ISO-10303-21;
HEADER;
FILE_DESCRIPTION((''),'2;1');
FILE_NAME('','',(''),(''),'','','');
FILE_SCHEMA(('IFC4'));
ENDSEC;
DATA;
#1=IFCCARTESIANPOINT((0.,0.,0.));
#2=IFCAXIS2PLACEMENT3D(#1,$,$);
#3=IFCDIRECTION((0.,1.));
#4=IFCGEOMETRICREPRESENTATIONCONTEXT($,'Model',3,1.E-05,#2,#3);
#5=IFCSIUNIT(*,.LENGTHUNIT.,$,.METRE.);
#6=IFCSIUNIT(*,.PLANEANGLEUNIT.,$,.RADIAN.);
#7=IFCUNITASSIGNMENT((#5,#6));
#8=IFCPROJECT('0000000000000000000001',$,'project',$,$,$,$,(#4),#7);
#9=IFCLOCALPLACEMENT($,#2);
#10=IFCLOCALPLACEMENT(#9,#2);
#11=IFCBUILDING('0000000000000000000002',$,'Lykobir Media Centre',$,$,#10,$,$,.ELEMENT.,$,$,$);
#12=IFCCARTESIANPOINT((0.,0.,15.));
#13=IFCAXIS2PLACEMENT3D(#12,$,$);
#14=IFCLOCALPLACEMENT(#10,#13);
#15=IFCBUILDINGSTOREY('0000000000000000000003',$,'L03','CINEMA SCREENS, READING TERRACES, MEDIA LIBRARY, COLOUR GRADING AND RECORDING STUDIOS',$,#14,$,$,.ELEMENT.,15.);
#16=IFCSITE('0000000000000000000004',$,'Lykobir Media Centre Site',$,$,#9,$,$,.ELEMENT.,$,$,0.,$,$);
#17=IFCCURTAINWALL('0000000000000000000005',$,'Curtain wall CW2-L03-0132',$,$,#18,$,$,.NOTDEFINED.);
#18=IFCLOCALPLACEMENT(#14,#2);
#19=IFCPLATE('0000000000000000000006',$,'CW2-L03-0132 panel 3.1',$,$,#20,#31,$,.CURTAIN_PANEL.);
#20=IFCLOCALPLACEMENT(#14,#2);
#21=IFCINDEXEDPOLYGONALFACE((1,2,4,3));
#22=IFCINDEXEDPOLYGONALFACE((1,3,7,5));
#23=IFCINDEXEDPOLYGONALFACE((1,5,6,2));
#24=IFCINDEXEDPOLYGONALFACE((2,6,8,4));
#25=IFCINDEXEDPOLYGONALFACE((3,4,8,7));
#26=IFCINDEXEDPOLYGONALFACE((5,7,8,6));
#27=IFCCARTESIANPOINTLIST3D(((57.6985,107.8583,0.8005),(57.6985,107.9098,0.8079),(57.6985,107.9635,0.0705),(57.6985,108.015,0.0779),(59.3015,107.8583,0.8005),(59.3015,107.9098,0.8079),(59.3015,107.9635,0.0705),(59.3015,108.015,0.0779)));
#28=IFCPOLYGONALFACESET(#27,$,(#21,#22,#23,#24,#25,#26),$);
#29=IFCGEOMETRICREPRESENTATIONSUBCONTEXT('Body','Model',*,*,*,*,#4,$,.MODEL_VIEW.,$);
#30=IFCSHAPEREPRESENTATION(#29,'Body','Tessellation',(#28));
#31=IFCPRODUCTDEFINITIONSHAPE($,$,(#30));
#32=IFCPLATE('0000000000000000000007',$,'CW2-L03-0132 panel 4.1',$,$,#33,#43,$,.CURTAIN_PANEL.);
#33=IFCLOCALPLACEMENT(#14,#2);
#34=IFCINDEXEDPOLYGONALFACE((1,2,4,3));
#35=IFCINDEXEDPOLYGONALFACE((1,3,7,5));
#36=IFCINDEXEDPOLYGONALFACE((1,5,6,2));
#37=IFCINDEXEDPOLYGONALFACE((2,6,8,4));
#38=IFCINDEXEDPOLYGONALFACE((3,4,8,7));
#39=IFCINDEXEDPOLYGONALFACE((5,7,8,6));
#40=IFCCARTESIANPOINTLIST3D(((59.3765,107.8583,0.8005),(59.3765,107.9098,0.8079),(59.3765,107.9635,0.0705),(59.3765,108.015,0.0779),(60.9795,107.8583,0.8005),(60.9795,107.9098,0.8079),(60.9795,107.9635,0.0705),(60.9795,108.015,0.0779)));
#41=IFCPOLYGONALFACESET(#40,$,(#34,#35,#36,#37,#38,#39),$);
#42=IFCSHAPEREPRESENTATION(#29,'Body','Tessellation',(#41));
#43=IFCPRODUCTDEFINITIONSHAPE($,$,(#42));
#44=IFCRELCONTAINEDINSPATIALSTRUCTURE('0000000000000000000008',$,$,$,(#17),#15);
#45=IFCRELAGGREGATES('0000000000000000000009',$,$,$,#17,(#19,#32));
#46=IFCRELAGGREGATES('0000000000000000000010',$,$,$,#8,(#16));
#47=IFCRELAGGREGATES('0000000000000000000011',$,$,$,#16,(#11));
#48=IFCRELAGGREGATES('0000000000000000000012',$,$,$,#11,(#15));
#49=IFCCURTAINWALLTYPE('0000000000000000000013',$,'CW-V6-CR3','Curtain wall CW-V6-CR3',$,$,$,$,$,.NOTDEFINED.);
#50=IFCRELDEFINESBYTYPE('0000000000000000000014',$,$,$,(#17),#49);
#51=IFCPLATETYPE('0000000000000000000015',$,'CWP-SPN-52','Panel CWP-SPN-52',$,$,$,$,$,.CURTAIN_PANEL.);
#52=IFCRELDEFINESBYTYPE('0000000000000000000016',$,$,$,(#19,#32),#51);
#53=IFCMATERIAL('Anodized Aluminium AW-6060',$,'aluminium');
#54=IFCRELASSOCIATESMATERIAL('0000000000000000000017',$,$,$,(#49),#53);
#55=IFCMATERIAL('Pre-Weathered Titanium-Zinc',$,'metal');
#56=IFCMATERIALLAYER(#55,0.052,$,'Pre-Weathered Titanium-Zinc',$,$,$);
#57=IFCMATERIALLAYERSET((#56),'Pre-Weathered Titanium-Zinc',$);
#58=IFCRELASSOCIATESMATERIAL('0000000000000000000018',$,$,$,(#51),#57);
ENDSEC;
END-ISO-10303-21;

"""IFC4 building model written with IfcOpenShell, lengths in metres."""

from ifc_helpers import new_model, si_unit, direction, frame, origin, origin_2d, place, context, subcontext, project, spatial, rectangle, extrude, material, layer, layer_set, type_object, element, aggregate, save


model = new_model("IFC4")

# Units and contexts
model_context = context("Model", 3, precision=1e-05, world=origin(), true_north=direction((0.0, 1.0)))
body_context = subcontext(model_context, "Body", "Model", "MODEL_VIEW")
ifc_project = project(units=[si_unit("LENGTHUNIT", "METRE"), si_unit("PLANEANGLEUNIT", "RADIAN")], contexts=[model_context])

# Site, building, storey
site_placement = place(None, origin())
site = spatial("IfcSite", under=ifc_project, at=site_placement, Name="Lykobir Media Centre Site", CompositionType="ELEMENT", RefElevation=0.0)
building_placement = place(site_placement, origin())
building = spatial("IfcBuilding", under=site, at=building_placement, Name="Lykobir Media Centre", CompositionType="ELEMENT")
storey_placement = place(building_placement, frame((0.0, 0.0, 15.0)))
storey = spatial("IfcBuildingStorey", under=building, at=storey_placement, Name="L03", Description="CINEMA SCREENS, READING TERRACES, MEDIA LIBRARY, COLOUR GRADING AND RECORDING STUDIOS", CompositionType="ELEMENT", Elevation=15.0)

# Curtain wall
ifc_material_1 = material(Name="Anodized Aluminium AW-6060", Category="aluminium")
curtain_wall_type = type_object("IfcCurtainWallType", Name="CW-V6-CR3", Description="Curtain wall CW-V6-CR3", PredefinedType="NOTDEFINED", material=ifc_material_1)
curtain_wall_placement = place(storey_placement, origin())
curtain_wall = element("IfcCurtainWall", 1, at=curtain_wall_placement, inside=storey, type_object=curtain_wall_type, Name="Curtain wall CW2-L03-0132", PredefinedType="NOTDEFINED")

# Plates
ifc_material_2 = material(Name="Pre-Weathered Titanium-Zinc", Category="metal")
ifc_layer_1 = layer(ifc_material_2, 0.052, Name="Pre-Weathered Titanium-Zinc")
ifc_layer_set_1 = layer_set([ifc_layer_1], Name="Pre-Weathered Titanium-Zinc")
plate_type_1 = type_object("IfcPlateType", Name="CWP-SPN-52", Description="Panel CWP-SPN-52", PredefinedType="CURTAIN_PANEL", material=ifc_layer_set_1)
plate_1_placement = place(storey_placement, frame((58.5, 107.9893, 0.0742), z_axis=(0.0, -0.142629, 0.989776), x_axis=(1.0, 0.0, 0.0)))
plate_1 = element("IfcPlate", 2, at=plate_1_placement, type_object=plate_type_1, Name="CW2-L03-0132 panel 3.1", PredefinedType="CURTAIN_PANEL", context=body_context, shape_type="SweptSolid", body=[
    extrude(rectangle(XDim=1.603, YDim=0.052, at=origin_2d()), origin(), (0.0, 0.0, 1.0), 0.7375),
])
plate_2_placement = place(storey_placement, frame((60.178, 107.9893, 0.0742), z_axis=(0.0, -0.142629, 0.989776), x_axis=(1.0, 0.0, 0.0)))
plate_2 = element("IfcPlate", 3, at=plate_2_placement, type_object=plate_type_1, Name="CW2-L03-0132 panel 4.1", PredefinedType="CURTAIN_PANEL", context=body_context, shape_type="SweptSolid", body=[
    extrude(rectangle(XDim=1.603, YDim=0.052, at=origin_2d()), origin(), (0.0, 0.0, 1.0), 0.7375),
])
aggregate(curtain_wall, [plate_1, plate_2])

save(model, "model.ifc")
